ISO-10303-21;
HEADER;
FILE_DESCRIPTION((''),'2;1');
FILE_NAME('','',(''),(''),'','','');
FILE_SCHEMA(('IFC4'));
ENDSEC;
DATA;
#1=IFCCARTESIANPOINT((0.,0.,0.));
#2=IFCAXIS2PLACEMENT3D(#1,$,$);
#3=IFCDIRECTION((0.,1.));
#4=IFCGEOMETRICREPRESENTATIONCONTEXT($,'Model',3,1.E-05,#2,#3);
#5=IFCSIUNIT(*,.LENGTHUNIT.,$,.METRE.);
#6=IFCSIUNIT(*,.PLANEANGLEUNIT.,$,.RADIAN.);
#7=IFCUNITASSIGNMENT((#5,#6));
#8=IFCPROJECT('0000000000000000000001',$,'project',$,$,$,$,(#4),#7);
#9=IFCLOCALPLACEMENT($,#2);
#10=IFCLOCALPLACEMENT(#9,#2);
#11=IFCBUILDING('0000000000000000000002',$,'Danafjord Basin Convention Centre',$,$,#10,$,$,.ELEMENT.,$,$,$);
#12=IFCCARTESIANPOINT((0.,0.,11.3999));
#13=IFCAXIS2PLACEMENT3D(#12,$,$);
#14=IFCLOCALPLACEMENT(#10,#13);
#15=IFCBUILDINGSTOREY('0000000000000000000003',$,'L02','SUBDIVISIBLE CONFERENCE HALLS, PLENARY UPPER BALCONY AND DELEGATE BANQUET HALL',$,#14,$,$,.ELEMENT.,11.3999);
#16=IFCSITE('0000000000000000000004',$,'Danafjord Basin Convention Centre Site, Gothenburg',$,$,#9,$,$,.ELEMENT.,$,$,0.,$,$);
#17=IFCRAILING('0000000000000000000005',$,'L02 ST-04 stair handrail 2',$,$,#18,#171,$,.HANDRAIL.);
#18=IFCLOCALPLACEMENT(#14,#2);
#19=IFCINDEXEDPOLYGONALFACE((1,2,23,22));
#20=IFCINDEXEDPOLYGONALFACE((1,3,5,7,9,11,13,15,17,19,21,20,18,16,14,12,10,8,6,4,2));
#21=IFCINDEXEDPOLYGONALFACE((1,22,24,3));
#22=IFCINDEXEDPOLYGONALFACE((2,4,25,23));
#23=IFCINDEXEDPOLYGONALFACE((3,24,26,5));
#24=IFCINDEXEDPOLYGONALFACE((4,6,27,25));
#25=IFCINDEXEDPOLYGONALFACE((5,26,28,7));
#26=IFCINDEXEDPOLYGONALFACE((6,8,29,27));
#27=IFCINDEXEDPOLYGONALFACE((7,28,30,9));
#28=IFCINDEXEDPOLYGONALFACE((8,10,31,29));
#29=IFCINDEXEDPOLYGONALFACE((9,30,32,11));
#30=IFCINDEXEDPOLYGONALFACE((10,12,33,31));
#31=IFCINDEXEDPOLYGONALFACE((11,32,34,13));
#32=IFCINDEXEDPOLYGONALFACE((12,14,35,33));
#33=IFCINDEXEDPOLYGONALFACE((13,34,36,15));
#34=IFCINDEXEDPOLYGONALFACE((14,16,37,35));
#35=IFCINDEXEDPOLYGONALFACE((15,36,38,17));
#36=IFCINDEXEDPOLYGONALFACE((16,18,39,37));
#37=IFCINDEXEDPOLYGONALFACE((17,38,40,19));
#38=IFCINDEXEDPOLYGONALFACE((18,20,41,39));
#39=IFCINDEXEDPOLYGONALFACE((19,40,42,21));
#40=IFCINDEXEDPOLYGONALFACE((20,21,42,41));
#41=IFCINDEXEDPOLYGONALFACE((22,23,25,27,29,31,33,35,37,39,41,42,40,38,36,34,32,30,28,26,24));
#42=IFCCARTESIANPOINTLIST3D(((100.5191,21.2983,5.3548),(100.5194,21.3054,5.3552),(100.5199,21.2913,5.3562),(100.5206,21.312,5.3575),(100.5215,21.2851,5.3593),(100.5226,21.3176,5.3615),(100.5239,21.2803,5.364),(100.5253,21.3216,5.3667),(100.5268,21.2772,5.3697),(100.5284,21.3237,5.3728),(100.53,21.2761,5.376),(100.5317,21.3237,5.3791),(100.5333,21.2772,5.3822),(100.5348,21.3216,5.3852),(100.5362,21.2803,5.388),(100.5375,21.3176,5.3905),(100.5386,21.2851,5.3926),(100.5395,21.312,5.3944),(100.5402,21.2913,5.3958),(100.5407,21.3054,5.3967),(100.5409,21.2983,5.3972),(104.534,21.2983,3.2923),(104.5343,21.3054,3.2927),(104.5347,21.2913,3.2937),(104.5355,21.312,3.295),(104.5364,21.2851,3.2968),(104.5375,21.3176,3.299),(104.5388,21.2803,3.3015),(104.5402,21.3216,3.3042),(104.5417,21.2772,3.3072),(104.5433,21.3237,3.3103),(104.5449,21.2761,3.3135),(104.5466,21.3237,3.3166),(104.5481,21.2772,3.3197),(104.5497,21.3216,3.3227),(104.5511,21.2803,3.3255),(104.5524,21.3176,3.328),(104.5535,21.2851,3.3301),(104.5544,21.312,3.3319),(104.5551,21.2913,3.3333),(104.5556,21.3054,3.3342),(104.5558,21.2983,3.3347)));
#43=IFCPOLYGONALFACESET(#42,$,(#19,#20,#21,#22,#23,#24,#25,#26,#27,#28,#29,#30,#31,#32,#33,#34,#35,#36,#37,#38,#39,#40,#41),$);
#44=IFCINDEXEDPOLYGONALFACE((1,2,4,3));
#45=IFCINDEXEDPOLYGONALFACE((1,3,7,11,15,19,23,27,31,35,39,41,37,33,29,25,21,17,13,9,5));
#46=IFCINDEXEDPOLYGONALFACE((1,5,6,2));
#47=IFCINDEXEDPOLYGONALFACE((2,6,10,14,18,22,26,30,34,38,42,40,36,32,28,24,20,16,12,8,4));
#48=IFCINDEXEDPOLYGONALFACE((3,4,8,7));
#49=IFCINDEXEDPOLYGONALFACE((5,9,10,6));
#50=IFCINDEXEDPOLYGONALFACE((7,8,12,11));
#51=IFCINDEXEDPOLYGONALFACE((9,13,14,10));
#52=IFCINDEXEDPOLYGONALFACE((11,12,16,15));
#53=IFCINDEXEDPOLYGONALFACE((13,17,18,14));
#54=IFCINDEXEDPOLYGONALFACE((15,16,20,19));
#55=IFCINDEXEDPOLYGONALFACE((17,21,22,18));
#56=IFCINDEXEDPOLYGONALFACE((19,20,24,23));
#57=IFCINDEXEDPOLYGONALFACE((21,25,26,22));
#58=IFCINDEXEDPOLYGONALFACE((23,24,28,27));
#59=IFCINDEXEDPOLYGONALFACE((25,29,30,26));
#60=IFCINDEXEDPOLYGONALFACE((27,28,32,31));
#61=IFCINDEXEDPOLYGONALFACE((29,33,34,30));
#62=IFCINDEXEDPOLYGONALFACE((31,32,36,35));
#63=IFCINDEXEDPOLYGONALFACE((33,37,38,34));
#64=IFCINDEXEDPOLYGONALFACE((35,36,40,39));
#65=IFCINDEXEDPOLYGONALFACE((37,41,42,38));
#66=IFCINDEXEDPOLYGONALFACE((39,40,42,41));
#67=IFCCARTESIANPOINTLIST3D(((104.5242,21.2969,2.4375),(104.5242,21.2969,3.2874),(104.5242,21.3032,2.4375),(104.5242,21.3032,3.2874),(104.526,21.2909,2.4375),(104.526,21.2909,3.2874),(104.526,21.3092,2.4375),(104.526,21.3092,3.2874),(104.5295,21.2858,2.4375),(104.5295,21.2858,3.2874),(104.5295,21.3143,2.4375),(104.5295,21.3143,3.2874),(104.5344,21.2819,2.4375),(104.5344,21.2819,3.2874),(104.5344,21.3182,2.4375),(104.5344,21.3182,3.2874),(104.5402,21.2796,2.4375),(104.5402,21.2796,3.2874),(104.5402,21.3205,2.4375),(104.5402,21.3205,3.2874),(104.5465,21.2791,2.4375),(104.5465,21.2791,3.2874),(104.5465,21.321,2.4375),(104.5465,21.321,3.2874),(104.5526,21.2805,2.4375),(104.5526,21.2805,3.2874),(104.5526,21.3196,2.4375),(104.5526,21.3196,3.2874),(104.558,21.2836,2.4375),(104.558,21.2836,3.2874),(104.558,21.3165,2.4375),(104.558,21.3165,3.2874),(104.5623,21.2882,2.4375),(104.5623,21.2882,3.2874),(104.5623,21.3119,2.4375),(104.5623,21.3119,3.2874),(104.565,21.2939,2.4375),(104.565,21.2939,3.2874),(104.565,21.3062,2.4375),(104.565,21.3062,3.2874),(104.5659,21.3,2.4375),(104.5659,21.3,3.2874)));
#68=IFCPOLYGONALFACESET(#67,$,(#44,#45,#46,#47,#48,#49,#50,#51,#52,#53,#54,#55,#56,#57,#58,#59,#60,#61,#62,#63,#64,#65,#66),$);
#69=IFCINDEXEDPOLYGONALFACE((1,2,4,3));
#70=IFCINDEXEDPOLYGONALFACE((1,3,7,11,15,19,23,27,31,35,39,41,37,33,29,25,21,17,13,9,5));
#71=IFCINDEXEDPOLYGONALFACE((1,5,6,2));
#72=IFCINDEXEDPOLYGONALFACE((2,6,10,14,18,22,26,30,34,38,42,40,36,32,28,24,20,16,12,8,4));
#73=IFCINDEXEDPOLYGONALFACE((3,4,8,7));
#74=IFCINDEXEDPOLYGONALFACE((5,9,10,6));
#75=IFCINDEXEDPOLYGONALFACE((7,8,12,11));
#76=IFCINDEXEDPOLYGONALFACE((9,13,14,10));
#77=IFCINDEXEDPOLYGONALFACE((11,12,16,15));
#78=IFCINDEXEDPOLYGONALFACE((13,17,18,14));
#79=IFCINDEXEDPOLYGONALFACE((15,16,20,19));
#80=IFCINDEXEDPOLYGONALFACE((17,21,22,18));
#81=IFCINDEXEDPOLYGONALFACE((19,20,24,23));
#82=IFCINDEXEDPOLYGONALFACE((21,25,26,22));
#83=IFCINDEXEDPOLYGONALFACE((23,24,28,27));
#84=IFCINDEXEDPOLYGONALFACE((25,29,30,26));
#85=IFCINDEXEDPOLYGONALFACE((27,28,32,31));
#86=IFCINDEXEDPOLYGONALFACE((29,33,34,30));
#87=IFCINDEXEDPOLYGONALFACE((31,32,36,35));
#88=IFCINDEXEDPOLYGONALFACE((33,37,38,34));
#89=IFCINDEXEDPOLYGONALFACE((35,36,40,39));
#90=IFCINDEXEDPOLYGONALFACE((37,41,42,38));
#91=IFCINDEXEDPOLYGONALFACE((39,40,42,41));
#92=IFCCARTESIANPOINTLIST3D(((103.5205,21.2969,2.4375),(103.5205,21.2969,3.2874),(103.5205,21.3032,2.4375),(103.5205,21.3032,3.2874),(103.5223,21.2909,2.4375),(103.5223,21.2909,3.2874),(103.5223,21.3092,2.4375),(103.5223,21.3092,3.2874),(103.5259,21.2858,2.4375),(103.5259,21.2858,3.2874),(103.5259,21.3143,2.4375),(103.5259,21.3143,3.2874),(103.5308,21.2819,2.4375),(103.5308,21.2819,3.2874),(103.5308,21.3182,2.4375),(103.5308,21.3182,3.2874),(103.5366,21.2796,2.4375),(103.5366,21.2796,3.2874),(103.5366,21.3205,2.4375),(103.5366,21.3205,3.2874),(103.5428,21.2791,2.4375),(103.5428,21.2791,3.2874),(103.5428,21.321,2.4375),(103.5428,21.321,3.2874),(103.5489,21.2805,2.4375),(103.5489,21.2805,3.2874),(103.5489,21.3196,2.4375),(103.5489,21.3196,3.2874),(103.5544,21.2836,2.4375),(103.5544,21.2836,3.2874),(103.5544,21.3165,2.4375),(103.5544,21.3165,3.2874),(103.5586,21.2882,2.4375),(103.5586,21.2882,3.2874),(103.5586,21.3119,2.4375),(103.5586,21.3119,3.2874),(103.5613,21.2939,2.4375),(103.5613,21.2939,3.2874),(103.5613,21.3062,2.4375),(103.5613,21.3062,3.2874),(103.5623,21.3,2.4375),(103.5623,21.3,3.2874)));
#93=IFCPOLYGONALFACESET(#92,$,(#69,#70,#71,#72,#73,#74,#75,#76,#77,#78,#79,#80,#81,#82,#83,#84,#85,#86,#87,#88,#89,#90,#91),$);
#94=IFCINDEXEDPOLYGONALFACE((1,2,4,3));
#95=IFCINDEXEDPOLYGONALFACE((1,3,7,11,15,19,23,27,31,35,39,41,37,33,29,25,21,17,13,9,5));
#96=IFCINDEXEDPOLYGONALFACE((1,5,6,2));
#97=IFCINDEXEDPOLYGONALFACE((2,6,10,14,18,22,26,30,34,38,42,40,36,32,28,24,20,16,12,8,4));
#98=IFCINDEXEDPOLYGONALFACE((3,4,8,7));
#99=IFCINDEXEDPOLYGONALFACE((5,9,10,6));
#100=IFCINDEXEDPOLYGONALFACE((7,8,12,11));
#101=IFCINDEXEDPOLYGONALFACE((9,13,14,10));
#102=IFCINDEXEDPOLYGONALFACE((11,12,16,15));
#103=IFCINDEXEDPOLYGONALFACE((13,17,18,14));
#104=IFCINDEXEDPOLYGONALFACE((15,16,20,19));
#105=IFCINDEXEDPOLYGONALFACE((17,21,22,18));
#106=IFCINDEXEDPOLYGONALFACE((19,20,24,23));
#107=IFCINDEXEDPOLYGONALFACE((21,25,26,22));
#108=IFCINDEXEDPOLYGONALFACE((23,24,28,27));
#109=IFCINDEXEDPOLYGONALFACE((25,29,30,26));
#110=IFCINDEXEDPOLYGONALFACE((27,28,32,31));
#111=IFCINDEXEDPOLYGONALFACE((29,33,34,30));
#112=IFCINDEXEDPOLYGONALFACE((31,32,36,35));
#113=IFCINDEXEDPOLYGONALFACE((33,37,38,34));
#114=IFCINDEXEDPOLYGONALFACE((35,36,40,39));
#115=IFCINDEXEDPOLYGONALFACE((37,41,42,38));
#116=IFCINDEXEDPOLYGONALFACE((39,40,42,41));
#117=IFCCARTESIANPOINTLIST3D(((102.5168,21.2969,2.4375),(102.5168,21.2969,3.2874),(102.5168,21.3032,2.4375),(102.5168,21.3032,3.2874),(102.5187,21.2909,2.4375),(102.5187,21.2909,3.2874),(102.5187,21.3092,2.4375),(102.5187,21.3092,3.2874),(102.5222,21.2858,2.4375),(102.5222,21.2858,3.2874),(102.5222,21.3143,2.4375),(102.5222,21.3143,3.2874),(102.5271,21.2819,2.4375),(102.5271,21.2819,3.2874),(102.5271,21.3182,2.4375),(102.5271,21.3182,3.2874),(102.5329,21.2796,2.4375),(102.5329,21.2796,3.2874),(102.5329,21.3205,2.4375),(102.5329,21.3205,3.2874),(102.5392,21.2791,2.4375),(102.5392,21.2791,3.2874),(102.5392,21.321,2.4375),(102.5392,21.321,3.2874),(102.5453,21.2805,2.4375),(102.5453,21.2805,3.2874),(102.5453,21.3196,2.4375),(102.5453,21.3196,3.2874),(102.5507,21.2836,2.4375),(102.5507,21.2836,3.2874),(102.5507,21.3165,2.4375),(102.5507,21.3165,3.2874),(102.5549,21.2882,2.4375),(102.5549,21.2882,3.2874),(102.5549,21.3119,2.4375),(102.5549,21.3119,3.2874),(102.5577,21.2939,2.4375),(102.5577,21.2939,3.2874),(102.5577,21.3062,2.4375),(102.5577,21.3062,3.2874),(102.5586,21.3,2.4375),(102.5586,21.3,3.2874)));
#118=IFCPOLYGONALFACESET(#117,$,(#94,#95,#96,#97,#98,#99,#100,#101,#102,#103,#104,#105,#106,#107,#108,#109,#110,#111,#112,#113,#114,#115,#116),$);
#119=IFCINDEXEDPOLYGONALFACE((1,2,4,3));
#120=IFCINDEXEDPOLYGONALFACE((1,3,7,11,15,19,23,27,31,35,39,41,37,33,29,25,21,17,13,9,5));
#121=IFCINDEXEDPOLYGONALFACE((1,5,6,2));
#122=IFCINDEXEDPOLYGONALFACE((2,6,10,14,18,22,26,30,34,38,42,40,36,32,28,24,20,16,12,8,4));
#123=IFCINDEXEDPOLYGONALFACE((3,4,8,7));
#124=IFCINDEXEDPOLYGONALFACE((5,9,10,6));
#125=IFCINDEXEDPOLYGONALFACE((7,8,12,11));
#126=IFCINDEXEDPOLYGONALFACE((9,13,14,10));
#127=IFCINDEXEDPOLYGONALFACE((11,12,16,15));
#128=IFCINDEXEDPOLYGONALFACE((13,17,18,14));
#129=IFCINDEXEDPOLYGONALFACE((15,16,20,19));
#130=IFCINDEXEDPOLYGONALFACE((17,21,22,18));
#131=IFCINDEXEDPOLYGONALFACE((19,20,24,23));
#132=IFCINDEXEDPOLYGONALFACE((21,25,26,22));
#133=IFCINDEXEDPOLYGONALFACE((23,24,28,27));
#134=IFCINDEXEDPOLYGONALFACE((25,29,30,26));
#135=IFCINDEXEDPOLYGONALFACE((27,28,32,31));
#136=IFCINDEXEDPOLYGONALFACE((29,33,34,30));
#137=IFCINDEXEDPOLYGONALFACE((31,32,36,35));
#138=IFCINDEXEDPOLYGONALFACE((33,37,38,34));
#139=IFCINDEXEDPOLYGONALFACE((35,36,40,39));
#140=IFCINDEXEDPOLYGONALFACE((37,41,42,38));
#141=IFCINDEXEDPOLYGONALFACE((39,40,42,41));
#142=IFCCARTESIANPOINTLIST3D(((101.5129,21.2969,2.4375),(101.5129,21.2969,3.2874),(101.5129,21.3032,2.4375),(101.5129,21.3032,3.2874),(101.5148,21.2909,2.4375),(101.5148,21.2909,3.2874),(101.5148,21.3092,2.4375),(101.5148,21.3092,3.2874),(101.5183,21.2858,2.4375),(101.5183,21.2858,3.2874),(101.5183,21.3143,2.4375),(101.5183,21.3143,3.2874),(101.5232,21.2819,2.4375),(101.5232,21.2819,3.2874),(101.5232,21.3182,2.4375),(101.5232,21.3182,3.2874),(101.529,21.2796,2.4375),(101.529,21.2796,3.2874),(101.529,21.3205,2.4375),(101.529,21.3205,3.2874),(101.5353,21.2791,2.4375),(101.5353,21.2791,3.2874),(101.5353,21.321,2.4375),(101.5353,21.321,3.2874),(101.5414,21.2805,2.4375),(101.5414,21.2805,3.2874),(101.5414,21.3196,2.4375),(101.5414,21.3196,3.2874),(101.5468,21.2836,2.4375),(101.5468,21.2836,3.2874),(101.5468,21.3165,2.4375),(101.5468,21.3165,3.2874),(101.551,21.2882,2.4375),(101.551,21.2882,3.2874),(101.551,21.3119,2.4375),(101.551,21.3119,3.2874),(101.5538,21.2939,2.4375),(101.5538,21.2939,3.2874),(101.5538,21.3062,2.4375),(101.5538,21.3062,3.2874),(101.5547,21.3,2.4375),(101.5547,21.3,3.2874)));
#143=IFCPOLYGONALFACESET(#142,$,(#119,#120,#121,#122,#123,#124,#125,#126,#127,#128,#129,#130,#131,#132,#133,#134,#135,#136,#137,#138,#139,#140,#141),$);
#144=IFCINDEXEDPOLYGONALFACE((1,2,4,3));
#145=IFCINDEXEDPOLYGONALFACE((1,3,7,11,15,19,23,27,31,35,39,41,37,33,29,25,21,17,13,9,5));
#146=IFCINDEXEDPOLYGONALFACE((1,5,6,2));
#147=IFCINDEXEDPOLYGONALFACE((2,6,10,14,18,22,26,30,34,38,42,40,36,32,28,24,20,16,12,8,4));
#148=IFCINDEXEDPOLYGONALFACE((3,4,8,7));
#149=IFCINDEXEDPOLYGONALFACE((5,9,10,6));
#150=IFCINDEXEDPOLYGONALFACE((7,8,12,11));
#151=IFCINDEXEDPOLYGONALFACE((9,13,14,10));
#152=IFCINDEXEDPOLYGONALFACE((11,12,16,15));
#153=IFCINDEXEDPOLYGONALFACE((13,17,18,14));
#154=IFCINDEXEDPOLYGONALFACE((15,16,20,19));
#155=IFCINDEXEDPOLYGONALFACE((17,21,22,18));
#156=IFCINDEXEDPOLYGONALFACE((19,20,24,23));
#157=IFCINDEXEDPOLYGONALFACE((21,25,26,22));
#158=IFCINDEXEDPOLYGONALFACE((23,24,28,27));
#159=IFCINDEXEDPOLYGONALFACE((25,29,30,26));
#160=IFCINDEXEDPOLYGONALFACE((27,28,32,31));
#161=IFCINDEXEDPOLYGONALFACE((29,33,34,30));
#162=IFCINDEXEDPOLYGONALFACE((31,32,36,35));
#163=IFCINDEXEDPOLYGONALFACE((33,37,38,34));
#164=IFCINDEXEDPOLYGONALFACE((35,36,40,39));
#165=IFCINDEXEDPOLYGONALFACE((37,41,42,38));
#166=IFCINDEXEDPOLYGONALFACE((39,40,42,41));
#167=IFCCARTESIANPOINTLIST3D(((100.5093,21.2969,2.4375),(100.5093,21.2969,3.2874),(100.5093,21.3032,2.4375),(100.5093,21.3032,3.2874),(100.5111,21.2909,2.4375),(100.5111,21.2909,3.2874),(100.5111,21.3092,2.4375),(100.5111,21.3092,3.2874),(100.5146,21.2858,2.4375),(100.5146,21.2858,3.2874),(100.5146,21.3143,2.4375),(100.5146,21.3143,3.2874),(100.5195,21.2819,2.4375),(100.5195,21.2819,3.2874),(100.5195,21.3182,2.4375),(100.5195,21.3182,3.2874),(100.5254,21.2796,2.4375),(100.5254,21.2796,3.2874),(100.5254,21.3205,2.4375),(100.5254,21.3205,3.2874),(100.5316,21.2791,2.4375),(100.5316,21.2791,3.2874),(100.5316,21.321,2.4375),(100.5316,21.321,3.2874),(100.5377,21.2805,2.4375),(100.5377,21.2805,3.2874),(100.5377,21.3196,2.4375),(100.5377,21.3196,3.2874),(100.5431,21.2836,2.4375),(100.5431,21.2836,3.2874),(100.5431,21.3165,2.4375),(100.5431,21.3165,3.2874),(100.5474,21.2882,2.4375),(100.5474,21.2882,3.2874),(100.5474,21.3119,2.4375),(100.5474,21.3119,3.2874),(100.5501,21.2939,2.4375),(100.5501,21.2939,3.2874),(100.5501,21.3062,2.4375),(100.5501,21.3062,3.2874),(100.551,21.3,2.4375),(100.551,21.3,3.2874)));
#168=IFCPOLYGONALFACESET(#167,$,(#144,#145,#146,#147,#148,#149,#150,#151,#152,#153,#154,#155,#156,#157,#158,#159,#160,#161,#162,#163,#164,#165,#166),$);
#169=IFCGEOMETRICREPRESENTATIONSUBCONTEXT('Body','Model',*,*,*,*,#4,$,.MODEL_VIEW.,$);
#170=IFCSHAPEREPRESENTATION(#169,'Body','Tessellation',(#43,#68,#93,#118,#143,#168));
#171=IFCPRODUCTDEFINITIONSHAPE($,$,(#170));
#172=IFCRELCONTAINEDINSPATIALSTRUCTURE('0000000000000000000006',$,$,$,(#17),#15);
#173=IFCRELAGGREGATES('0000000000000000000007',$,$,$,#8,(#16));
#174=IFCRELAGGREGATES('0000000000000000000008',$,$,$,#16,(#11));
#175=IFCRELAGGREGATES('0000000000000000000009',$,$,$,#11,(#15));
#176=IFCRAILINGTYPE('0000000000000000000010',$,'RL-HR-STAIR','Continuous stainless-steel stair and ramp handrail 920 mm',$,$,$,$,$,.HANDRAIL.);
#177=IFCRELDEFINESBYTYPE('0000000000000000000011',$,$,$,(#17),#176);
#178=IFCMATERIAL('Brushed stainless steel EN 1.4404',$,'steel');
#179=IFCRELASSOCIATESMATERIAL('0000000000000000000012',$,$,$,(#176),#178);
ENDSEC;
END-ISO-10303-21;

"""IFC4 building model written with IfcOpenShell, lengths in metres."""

from ifc_helpers import new_model, si_unit, direction, frame, origin, origin_2d, place, context, subcontext, project, spatial, circle, extrude, material, type_object, element, save


model = new_model("IFC4")

# Units and contexts
model_context = context("Model", 3, precision=1e-05, world=origin(), true_north=direction((0.0, 1.0)))
body_context = subcontext(model_context, "Body", "Model", "MODEL_VIEW")
ifc_project = project(units=[si_unit("LENGTHUNIT", "METRE"), si_unit("PLANEANGLEUNIT", "RADIAN")], contexts=[model_context])

# Site, building, storey
site_placement = place(None, origin())
site = spatial("IfcSite", under=ifc_project, at=site_placement, Name="Danafjord Basin Convention Centre Site, Gothenburg", CompositionType="ELEMENT", RefElevation=0.0)
building_placement = place(site_placement, origin())
building = spatial("IfcBuilding", under=site, at=building_placement, Name="Danafjord Basin Convention Centre", CompositionType="ELEMENT")
storey_placement = place(building_placement, frame((0.0, 0.0, 11.3999)))
storey = spatial("IfcBuildingStorey", under=building, at=storey_placement, Name="L02", Description="SUBDIVISIBLE CONFERENCE HALLS, PLENARY UPPER BALCONY AND DELEGATE BANQUET HALL", CompositionType="ELEMENT", Elevation=11.3999)

# Railing
ifc_material_1 = material(Name="Brushed stainless steel EN 1.4404", Category="steel")
railing_type_1 = type_object("IfcRailingType", Name="RL-HR-STAIR", Description="Continuous stainless-steel stair and ramp handrail 920 mm", PredefinedType="HANDRAIL", material=ifc_material_1)
railing_1_placement = place(storey_placement, frame((104.5449, 21.3, 2.4375)))
element("IfcRailing", 1, at=railing_1_placement, inside=storey, type_object=railing_type_1, Name="L02 ST-04 stair handrail 2", PredefinedType="HANDRAIL", context=body_context, shape_type="SweptSolid", body=[
    extrude(circle(Radius=0.0239, at=origin_2d()), frame((0.0, 0.0, 0.876), z_axis=(-0.889495, 0.0, 0.456945), x_axis=(0.0, -1.0, 0.0)), (0.0, 0.0, 1.0), 4.5137),
    extrude(circle(Radius=0.021, at=origin_2d()), origin(), (0.0, 0.0, 1.0), 0.8499),
    extrude(circle(Radius=0.021, at=origin_2d()), frame((-1.0037, 0.0, 0.0)), (0.0, 0.0, 1.0), 0.8499),
    extrude(circle(Radius=0.021, at=origin_2d()), frame((-2.0073, 0.0, 0.0)), (0.0, 0.0, 1.0), 0.8499),
    extrude(circle(Radius=0.021, at=origin_2d()), frame((-3.0112, 0.0, 0.0)), (0.0, 0.0, 1.0), 0.8499),
    extrude(circle(Radius=0.021, at=origin_2d()), frame((-4.0149, 0.0, 0.0)), (0.0, 0.0, 1.0), 0.8499),
])

save(model, "model.ifc")
